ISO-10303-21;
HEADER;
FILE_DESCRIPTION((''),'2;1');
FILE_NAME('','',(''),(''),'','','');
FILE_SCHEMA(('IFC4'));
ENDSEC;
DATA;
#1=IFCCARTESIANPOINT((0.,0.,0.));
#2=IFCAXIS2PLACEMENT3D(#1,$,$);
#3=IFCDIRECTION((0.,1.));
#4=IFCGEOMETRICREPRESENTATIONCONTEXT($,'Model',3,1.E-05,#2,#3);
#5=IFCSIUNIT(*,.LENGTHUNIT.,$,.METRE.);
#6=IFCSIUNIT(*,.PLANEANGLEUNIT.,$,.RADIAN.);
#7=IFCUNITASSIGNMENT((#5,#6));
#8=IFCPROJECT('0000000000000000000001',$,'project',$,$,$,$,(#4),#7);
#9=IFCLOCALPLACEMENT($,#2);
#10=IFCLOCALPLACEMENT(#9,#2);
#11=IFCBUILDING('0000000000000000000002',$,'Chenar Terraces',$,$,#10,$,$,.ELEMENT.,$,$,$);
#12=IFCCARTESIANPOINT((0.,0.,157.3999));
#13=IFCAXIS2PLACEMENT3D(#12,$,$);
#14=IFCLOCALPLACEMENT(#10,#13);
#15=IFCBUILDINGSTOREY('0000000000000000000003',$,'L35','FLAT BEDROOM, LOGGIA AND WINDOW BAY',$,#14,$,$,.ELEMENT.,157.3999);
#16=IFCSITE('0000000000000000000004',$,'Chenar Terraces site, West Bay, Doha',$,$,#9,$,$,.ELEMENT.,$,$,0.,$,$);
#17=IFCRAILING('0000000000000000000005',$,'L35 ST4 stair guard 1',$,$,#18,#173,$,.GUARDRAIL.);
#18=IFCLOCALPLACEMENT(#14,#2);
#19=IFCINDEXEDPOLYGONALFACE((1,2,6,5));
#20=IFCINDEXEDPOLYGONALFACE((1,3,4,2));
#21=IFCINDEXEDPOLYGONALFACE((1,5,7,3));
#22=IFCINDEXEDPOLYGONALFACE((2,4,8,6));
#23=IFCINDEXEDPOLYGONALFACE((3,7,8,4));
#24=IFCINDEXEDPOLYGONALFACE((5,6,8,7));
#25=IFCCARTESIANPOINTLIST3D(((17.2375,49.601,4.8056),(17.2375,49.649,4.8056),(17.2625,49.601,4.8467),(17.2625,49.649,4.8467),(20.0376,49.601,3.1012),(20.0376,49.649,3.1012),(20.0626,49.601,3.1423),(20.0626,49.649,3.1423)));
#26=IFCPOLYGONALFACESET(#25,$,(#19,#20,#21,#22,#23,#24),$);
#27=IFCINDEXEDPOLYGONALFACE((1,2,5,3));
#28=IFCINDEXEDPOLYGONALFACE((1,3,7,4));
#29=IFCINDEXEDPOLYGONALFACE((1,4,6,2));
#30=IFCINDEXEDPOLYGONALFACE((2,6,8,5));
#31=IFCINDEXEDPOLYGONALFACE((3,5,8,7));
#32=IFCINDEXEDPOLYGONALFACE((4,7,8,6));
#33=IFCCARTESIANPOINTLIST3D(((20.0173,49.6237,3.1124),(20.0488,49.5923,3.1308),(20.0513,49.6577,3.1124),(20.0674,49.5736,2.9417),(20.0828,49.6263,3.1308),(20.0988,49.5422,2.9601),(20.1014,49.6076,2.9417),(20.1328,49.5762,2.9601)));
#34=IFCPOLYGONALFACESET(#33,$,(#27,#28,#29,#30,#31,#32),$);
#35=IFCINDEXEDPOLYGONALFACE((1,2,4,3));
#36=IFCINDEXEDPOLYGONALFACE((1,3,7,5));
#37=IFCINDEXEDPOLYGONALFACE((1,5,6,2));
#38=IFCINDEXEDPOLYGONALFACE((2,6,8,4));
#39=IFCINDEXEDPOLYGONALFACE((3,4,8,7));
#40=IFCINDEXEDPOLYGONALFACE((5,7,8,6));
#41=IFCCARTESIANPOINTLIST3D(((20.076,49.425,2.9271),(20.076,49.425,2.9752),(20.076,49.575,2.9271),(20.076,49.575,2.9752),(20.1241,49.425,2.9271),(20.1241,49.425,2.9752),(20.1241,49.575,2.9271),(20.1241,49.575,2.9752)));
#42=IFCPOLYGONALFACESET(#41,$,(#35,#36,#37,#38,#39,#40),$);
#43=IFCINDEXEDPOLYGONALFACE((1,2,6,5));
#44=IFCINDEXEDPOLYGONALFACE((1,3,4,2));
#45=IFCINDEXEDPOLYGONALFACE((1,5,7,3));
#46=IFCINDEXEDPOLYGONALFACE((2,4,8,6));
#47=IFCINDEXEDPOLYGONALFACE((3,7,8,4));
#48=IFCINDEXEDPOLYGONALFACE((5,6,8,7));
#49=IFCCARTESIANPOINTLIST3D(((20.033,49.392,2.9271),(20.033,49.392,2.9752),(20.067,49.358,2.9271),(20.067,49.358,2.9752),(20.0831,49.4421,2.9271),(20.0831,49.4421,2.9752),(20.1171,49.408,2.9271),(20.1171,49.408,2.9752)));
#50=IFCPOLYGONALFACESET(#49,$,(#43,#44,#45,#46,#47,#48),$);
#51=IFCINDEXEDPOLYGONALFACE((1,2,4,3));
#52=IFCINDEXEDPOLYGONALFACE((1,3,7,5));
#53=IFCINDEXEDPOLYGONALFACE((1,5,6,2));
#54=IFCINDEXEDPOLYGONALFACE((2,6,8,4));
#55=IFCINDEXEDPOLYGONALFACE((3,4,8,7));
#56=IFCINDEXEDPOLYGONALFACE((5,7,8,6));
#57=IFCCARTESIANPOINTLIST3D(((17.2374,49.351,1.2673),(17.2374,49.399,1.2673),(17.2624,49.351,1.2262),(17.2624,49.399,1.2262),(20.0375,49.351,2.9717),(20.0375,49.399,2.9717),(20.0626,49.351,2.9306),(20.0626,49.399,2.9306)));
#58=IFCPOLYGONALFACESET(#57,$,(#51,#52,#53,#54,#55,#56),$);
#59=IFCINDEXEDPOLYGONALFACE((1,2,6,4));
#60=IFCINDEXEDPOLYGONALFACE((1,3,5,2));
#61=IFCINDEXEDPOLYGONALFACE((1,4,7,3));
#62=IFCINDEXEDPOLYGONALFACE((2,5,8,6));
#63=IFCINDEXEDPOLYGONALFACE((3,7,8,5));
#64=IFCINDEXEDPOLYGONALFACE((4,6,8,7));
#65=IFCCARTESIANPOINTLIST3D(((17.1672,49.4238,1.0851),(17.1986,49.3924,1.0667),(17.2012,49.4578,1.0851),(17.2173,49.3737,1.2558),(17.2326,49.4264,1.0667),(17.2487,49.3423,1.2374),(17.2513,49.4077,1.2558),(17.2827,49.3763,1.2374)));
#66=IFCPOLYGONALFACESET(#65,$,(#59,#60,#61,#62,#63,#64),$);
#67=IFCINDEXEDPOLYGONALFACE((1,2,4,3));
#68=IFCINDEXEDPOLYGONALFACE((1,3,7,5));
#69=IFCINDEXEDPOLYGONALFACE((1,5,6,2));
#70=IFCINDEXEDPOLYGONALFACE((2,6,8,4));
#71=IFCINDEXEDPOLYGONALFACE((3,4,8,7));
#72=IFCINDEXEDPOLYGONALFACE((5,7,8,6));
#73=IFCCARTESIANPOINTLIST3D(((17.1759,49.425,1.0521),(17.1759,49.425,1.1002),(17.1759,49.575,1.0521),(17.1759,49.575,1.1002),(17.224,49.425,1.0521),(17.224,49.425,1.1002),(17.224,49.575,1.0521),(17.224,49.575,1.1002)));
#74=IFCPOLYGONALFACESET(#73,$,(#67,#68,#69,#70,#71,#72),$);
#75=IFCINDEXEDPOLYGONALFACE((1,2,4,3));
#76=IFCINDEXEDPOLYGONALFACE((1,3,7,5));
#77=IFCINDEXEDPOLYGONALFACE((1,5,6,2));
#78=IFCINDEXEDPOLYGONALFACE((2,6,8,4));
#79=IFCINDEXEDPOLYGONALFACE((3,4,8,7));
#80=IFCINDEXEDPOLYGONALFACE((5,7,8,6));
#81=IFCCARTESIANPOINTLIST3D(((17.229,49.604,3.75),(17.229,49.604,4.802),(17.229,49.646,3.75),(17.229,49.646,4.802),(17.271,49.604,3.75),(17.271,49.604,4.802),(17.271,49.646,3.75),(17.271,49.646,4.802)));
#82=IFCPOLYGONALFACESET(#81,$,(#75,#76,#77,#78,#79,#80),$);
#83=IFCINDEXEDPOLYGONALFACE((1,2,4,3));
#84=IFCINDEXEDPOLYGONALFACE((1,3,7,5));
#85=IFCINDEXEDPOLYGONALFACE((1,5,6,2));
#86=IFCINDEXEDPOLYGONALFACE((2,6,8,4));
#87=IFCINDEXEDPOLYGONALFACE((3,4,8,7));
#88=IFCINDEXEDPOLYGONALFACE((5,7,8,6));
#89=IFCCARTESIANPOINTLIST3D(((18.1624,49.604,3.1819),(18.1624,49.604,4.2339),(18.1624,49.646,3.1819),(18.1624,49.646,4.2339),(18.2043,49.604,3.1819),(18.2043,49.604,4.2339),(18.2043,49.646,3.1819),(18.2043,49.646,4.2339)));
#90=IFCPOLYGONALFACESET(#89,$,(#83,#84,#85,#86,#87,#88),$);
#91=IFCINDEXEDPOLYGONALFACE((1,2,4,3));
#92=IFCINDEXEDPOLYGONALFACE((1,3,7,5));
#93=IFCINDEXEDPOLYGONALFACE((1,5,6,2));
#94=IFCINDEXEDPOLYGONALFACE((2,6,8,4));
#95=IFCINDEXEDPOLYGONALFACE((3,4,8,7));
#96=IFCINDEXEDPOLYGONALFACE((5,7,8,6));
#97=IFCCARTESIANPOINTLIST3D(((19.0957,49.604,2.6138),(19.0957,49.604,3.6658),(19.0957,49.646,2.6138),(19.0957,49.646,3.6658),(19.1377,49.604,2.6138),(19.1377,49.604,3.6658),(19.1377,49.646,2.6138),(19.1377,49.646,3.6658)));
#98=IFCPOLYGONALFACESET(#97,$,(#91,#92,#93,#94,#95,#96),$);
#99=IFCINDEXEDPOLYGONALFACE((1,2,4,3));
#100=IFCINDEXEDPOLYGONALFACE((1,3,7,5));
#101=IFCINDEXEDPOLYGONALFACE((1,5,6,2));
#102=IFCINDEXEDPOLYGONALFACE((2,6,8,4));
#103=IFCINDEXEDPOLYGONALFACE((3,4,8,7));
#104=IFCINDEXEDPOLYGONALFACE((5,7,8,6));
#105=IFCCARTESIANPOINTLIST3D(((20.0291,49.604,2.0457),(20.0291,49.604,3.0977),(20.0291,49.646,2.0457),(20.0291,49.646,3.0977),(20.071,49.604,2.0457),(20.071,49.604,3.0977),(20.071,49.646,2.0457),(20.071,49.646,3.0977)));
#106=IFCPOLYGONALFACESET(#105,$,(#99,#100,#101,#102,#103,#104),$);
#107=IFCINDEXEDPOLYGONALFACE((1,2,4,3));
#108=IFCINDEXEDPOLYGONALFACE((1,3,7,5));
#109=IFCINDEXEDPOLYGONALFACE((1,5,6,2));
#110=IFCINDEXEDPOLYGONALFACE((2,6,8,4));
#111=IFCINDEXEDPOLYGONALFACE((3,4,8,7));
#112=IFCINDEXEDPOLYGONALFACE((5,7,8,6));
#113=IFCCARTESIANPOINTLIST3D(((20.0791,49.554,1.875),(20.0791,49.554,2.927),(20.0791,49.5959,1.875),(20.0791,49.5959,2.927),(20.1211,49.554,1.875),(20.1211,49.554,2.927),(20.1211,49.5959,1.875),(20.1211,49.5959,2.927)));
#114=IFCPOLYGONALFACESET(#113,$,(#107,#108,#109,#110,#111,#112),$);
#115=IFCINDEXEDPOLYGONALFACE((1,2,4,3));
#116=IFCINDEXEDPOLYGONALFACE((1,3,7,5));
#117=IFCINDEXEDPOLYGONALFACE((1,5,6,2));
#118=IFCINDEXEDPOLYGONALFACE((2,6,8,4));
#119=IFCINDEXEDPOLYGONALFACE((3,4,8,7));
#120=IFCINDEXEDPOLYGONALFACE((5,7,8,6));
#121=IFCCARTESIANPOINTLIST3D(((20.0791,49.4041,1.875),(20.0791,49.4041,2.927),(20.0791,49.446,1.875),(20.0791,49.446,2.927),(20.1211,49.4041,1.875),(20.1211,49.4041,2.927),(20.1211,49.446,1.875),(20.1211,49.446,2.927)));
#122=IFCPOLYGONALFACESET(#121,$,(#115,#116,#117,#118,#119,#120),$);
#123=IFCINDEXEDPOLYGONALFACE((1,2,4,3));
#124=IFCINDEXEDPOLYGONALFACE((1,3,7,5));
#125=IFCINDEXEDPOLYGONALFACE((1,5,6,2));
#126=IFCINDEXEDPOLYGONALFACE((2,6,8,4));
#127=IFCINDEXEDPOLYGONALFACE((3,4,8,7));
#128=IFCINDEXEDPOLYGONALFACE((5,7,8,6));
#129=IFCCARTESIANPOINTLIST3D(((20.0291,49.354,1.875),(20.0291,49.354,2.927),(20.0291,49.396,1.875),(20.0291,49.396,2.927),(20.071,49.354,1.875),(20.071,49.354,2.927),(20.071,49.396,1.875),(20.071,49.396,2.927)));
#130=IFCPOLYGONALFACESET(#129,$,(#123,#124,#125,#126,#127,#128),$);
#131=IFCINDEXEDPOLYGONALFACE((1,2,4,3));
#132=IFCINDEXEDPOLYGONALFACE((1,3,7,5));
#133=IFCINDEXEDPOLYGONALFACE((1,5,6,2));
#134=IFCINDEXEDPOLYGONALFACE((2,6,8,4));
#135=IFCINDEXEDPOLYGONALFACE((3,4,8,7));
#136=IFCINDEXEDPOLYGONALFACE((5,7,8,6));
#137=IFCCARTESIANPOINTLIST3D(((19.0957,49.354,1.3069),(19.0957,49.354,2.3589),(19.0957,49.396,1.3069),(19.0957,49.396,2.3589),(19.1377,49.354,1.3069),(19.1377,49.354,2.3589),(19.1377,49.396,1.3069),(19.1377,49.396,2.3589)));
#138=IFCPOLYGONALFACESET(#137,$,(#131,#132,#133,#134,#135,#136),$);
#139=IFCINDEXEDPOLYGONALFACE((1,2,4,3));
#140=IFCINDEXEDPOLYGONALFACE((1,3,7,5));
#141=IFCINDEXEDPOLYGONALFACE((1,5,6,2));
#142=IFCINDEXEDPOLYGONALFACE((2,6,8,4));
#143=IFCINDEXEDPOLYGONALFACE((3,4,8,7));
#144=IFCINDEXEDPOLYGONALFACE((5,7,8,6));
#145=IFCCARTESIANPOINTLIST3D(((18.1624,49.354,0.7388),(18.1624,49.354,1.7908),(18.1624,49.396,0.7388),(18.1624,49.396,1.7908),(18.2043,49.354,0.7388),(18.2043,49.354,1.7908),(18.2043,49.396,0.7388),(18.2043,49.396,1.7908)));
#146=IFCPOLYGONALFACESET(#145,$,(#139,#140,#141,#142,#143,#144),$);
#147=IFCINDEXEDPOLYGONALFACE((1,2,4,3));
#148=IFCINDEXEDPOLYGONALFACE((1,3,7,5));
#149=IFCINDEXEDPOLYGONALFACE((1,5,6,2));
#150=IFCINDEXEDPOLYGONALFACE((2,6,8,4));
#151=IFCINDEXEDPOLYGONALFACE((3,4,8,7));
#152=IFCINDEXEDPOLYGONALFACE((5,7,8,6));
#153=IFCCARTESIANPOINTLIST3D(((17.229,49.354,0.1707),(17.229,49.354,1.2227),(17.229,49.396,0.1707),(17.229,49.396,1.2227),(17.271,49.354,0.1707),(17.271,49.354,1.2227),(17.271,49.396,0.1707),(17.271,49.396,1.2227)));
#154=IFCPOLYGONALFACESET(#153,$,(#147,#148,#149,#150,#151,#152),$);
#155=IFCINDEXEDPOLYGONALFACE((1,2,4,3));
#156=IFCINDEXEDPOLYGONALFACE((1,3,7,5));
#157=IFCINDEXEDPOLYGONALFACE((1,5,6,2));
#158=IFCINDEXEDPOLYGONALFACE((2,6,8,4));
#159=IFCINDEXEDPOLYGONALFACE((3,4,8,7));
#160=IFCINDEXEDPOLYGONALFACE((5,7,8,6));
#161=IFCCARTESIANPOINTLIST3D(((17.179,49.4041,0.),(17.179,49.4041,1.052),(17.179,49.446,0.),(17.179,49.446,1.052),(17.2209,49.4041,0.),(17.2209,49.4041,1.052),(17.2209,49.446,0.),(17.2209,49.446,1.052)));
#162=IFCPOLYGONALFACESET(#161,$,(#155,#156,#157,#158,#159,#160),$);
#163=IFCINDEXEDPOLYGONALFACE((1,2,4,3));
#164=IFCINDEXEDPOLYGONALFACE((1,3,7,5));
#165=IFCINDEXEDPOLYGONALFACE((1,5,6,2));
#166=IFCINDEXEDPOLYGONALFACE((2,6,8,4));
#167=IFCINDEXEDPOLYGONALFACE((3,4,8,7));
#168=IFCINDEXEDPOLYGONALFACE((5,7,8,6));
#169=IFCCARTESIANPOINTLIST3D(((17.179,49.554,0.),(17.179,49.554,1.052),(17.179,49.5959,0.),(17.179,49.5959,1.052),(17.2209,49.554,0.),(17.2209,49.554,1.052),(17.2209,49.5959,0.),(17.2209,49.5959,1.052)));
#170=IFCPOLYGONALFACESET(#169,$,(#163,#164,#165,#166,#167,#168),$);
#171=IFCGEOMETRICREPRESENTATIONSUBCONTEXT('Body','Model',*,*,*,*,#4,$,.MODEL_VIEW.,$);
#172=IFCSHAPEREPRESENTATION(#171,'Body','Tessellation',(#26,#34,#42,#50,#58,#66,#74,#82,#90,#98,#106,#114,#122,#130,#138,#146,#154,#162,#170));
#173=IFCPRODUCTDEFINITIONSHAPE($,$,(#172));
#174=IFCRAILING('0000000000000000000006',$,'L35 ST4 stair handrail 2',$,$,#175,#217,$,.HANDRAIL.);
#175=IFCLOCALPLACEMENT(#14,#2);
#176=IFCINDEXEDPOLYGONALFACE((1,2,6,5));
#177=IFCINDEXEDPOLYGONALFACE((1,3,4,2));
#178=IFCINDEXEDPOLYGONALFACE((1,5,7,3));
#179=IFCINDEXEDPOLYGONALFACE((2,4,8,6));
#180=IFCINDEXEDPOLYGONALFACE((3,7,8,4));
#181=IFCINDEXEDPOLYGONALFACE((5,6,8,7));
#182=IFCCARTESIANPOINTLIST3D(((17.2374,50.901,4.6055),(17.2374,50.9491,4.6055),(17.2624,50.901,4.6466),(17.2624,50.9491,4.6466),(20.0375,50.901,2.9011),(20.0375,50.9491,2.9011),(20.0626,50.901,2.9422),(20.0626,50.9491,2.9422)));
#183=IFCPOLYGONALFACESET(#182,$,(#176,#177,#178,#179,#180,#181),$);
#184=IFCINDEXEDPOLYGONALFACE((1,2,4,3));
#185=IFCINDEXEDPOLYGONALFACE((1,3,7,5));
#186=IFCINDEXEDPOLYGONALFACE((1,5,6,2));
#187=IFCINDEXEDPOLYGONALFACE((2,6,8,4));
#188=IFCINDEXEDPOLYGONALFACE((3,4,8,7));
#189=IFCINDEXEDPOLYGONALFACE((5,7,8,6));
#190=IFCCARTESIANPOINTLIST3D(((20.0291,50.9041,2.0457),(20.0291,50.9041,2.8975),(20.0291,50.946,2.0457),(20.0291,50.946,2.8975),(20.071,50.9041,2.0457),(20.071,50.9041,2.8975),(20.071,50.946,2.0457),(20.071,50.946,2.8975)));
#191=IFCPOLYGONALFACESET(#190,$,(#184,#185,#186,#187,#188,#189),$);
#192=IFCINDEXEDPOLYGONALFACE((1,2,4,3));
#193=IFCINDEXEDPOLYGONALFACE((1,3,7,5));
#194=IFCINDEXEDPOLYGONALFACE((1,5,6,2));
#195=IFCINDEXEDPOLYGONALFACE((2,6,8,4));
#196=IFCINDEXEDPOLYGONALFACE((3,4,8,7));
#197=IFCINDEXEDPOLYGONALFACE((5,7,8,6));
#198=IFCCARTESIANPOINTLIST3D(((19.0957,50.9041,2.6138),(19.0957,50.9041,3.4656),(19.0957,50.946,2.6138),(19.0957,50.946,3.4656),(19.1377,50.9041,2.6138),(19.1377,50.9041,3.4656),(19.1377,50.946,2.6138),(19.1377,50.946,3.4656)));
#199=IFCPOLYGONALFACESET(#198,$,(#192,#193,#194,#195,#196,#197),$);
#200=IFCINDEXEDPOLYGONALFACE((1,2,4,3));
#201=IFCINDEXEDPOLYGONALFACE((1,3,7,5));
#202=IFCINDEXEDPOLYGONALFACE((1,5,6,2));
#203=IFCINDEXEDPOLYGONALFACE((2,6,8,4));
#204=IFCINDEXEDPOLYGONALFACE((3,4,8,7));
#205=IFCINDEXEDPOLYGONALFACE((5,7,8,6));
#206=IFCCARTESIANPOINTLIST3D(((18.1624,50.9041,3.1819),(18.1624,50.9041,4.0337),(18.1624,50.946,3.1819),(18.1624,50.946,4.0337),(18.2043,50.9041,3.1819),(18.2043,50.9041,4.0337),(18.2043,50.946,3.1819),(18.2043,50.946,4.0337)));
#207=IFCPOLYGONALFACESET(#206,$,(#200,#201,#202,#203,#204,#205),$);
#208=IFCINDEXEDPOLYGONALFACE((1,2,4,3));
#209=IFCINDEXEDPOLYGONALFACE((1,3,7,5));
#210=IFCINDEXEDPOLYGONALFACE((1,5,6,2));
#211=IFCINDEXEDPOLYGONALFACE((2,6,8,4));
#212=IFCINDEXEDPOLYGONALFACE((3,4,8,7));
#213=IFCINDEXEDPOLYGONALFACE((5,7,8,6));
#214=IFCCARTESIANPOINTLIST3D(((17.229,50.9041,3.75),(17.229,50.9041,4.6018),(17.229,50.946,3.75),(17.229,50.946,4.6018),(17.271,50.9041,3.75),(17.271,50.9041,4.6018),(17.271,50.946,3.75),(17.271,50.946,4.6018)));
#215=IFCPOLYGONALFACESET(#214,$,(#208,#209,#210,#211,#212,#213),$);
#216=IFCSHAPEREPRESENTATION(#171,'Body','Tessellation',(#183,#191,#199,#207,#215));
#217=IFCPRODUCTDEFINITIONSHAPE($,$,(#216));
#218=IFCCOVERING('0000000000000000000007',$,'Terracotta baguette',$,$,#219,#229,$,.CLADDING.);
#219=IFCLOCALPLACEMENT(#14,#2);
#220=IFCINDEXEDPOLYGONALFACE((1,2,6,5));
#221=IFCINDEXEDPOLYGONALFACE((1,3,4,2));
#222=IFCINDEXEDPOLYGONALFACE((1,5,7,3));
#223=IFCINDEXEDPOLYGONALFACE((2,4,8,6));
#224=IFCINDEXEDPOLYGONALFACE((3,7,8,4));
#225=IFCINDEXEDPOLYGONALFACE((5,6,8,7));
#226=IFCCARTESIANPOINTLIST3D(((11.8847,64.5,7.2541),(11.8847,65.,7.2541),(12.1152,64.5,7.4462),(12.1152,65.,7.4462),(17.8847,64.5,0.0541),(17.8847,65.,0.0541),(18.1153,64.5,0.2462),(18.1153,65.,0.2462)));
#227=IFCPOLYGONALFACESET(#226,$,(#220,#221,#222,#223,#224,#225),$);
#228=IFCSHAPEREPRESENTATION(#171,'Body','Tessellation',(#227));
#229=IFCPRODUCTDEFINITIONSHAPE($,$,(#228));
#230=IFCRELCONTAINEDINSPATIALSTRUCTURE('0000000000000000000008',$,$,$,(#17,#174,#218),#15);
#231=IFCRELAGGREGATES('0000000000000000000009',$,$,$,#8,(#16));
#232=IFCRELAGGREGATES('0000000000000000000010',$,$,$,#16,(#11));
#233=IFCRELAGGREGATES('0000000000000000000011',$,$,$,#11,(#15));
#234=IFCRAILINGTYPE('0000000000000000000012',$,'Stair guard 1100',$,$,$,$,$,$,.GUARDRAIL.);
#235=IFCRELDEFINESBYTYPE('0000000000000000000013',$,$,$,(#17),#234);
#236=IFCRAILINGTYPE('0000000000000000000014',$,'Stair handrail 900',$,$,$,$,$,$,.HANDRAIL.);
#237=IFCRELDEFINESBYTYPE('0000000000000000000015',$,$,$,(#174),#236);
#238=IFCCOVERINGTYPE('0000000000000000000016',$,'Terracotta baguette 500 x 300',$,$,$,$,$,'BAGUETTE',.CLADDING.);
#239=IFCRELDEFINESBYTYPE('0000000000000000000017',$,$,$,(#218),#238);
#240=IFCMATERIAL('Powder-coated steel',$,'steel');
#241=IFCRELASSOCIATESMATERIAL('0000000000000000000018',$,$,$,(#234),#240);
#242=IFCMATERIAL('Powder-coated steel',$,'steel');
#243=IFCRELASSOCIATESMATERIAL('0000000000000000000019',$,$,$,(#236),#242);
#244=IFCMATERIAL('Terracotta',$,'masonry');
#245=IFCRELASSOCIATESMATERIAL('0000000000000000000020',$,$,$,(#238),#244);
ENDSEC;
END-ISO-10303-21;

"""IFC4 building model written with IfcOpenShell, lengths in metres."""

from ifc_helpers import new_model, si_unit, direction, frame, origin, origin_2d, place, context, subcontext, project, spatial, rectangle, extrude, material, material_profile, profile_set, type_object, element, save


model = new_model("IFC4")

# Units and contexts
model_context = context("Model", 3, precision=1e-05, world=origin(), true_north=direction((0.0, 1.0)))
body_context = subcontext(model_context, "Body", "Model", "MODEL_VIEW")
ifc_project = project(units=[si_unit("LENGTHUNIT", "METRE"), si_unit("PLANEANGLEUNIT", "RADIAN")], contexts=[model_context])

# Site, building, storey
site_placement = place(None, origin())
site = spatial("IfcSite", under=ifc_project, at=site_placement, Name="Chenar Terraces site, West Bay, Doha", CompositionType="ELEMENT", RefElevation=0.0)
building_placement = place(site_placement, origin())
building = spatial("IfcBuilding", under=site, at=building_placement, Name="Chenar Terraces", CompositionType="ELEMENT")
storey_placement = place(building_placement, frame((0.0, 0.0, 157.3999)))
storey = spatial("IfcBuildingStorey", under=building, at=storey_placement, Name="L35", Description="FLAT BEDROOM, LOGGIA AND WINDOW BAY", CompositionType="ELEMENT", Elevation=157.3999)

# Railings
ifc_material_1 = material(Name="Powder-coated steel", Category="steel")
railing_type_1 = type_object("IfcRailingType", Name="Stair guard 1100", PredefinedType="GUARDRAIL", material=ifc_material_1)
railing_1_placement = place(storey_placement, frame((17.25, 49.625, 3.75)))
element("IfcRailing", 1, at=railing_1_placement, inside=storey, type_object=railing_type_1, Name="L35 ST4 stair guard 1", PredefinedType="GUARDRAIL", context=body_context, shape_type="SweptSolid", body=[
    extrude(rectangle(XDim=0.0481, YDim=0.0481, at=origin_2d()), frame((0.0, 0.0, 1.0762), z_axis=(0.854203, 0.0, -0.51994), x_axis=(0.0, 1.0, 0.0)), (0.0, 0.0, 1.0), 3.2781),
    extrude(rectangle(XDim=0.0481, YDim=0.0481, at=origin_2d()), frame((2.8, 0.0, -0.6284), z_axis=(0.2709, -0.2709, -0.923703), x_axis=(0.707107, 0.707107, 0.0)), (0.0, 0.0, 1.0), 0.1848),
    extrude(rectangle(XDim=0.0481, YDim=0.0481, at=origin_2d()), frame((2.8501, -0.05, -0.7988), z_axis=(0.0, -1.0, 0.0), x_axis=(1.0, 0.0, 0.0)), (0.0, 0.0, 1.0), 0.1499),
    extrude(rectangle(XDim=0.0481, YDim=0.0481, at=origin_2d()), frame((2.8501, -0.2, -0.7988), z_axis=(-0.707107, -0.707107, 0.0), x_axis=(0.707107, -0.707107, 0.0)), (0.0, 0.0, 1.0), 0.0708),
    extrude(rectangle(XDim=0.0481, YDim=0.0481, at=origin_2d()), frame((2.8, -0.25, -0.7988), z_axis=(-0.854203, 0.0, -0.51994), x_axis=(0.0, -1.0, 0.0)), (0.0, 0.0, 1.0), 3.2781),
    extrude(rectangle(XDim=0.0481, YDim=0.0481, at=origin_2d()), frame((0.0, -0.25, -2.5034), z_axis=(-0.2709, 0.2709, -0.923703), x_axis=(-0.707107, -0.707107, 0.0)), (0.0, 0.0, 1.0), 0.1848),
    extrude(rectangle(XDim=0.0481, YDim=0.0481, at=origin_2d()), frame((-0.05, -0.2, -2.6738), z_axis=(0.0, 1.0, 0.0), x_axis=(-1.0, 0.0, 0.0)), (0.0, 0.0, 1.0), 0.1499),
    extrude(rectangle(XDim=0.042, YDim=0.042, at=origin_2d()), origin(), (0.0, 0.0, 1.0), 1.052),
    extrude(rectangle(XDim=0.042, YDim=0.042, at=origin_2d()), frame((0.9333, 0.0, -0.5681)), (0.0, 0.0, 1.0), 1.052),
    extrude(rectangle(XDim=0.042, YDim=0.042, at=origin_2d()), frame((1.8667, 0.0, -1.1362)), (0.0, 0.0, 1.0), 1.052),
    extrude(rectangle(XDim=0.042, YDim=0.042, at=origin_2d()), frame((2.8, 0.0, -1.7043)), (0.0, 0.0, 1.0), 1.052),
    extrude(rectangle(XDim=0.042, YDim=0.042, at=origin_2d()), frame((2.8501, -0.05, -1.875)), (0.0, 0.0, 1.0), 1.052),
    extrude(rectangle(XDim=0.042, YDim=0.042, at=origin_2d()), frame((2.8501, -0.2, -1.875)), (0.0, 0.0, 1.0), 1.052),
    extrude(rectangle(XDim=0.042, YDim=0.042, at=origin_2d()), frame((2.8, -0.25, -1.875)), (0.0, 0.0, 1.0), 1.052),
    extrude(rectangle(XDim=0.042, YDim=0.042, at=origin_2d()), frame((1.8667, -0.25, -2.4431)), (0.0, 0.0, 1.0), 1.052),
    extrude(rectangle(XDim=0.042, YDim=0.042, at=origin_2d()), frame((0.9333, -0.25, -3.0112)), (0.0, 0.0, 1.0), 1.052),
    extrude(rectangle(XDim=0.042, YDim=0.042, at=origin_2d()), frame((0.0, -0.25, -3.5793)), (0.0, 0.0, 1.0), 1.052),
    extrude(rectangle(XDim=0.042, YDim=0.042, at=origin_2d()), frame((-0.05, -0.2, -3.75)), (0.0, 0.0, 1.0), 1.052),
    extrude(rectangle(XDim=0.042, YDim=0.042, at=origin_2d()), frame((-0.05, -0.05, -3.75)), (0.0, 0.0, 1.0), 1.052),
])
ifc_material_2 = material(Name="Powder-coated steel", Category="steel")
railing_type_2 = type_object("IfcRailingType", Name="Stair handrail 900", PredefinedType="HANDRAIL", material=ifc_material_2)
railing_2_placement = place(storey_placement, frame((20.05, 50.925, 2.0457)))
element("IfcRailing", 2, at=railing_2_placement, inside=storey, type_object=railing_type_2, Name="L35 ST4 stair handrail 2", PredefinedType="HANDRAIL", context=body_context, shape_type="SweptSolid", body=[
    extrude(rectangle(XDim=0.0481, YDim=0.0481, at=origin_2d()), frame((0.0, 0.0, 0.876), z_axis=(-0.854203, 0.0, 0.51994), x_axis=(0.0, -1.0, 0.0)), (0.0, 0.0, 1.0), 3.2781),
    extrude(rectangle(XDim=0.042, YDim=0.042, at=origin_2d()), origin(), (0.0, 0.0, 1.0), 0.8518),
    extrude(rectangle(XDim=0.042, YDim=0.042, at=origin_2d()), frame((-0.9333, 0.0, 0.5681)), (0.0, 0.0, 1.0), 0.8518),
    extrude(rectangle(XDim=0.042, YDim=0.042, at=origin_2d()), frame((-1.8667, 0.0, 1.1362)), (0.0, 0.0, 1.0), 0.8518),
    extrude(rectangle(XDim=0.042, YDim=0.042, at=origin_2d()), frame((-2.8, 0.0, 1.7043)), (0.0, 0.0, 1.0), 0.8518),
])

# Covering
ifc_material_3 = material(Name="Terracotta", Category="masonry")
ifc_material_profile_1 = material_profile(ifc_material_3, rectangle(XDim=0.5, YDim=0.3, at=origin_2d()), Name="Terracotta baguette 500 x 300")
ifc_profile_set_1 = profile_set([ifc_material_profile_1], Name="Terracotta")
covering_type = type_object("IfcCoveringType", Name="Terracotta baguette 500 x 300", ElementType="BAGUETTE", PredefinedType="CLADDING", material=ifc_profile_set_1)
for number, where, z_axis, x_axis, name in (
    (3, (18.0, 64.75, 0.1501), (-0.640187, 0.0, 0.768219), (0.0, -1.0, 0.0), "Terracotta baguette"),
):
    element("IfcCovering", number, at=place(storey_placement, frame(where, z_axis=z_axis, x_axis=x_axis)), inside=storey, type_object=covering_type, Name=name, PredefinedType="CLADDING", context=body_context, shape_type="SweptSolid", body=[
        extrude(rectangle(XDim=0.5, YDim=0.3, at=origin_2d()), origin(), (0.0, 0.0, 1.0), 9.3723),
    ])

save(model, "model.ifc")
